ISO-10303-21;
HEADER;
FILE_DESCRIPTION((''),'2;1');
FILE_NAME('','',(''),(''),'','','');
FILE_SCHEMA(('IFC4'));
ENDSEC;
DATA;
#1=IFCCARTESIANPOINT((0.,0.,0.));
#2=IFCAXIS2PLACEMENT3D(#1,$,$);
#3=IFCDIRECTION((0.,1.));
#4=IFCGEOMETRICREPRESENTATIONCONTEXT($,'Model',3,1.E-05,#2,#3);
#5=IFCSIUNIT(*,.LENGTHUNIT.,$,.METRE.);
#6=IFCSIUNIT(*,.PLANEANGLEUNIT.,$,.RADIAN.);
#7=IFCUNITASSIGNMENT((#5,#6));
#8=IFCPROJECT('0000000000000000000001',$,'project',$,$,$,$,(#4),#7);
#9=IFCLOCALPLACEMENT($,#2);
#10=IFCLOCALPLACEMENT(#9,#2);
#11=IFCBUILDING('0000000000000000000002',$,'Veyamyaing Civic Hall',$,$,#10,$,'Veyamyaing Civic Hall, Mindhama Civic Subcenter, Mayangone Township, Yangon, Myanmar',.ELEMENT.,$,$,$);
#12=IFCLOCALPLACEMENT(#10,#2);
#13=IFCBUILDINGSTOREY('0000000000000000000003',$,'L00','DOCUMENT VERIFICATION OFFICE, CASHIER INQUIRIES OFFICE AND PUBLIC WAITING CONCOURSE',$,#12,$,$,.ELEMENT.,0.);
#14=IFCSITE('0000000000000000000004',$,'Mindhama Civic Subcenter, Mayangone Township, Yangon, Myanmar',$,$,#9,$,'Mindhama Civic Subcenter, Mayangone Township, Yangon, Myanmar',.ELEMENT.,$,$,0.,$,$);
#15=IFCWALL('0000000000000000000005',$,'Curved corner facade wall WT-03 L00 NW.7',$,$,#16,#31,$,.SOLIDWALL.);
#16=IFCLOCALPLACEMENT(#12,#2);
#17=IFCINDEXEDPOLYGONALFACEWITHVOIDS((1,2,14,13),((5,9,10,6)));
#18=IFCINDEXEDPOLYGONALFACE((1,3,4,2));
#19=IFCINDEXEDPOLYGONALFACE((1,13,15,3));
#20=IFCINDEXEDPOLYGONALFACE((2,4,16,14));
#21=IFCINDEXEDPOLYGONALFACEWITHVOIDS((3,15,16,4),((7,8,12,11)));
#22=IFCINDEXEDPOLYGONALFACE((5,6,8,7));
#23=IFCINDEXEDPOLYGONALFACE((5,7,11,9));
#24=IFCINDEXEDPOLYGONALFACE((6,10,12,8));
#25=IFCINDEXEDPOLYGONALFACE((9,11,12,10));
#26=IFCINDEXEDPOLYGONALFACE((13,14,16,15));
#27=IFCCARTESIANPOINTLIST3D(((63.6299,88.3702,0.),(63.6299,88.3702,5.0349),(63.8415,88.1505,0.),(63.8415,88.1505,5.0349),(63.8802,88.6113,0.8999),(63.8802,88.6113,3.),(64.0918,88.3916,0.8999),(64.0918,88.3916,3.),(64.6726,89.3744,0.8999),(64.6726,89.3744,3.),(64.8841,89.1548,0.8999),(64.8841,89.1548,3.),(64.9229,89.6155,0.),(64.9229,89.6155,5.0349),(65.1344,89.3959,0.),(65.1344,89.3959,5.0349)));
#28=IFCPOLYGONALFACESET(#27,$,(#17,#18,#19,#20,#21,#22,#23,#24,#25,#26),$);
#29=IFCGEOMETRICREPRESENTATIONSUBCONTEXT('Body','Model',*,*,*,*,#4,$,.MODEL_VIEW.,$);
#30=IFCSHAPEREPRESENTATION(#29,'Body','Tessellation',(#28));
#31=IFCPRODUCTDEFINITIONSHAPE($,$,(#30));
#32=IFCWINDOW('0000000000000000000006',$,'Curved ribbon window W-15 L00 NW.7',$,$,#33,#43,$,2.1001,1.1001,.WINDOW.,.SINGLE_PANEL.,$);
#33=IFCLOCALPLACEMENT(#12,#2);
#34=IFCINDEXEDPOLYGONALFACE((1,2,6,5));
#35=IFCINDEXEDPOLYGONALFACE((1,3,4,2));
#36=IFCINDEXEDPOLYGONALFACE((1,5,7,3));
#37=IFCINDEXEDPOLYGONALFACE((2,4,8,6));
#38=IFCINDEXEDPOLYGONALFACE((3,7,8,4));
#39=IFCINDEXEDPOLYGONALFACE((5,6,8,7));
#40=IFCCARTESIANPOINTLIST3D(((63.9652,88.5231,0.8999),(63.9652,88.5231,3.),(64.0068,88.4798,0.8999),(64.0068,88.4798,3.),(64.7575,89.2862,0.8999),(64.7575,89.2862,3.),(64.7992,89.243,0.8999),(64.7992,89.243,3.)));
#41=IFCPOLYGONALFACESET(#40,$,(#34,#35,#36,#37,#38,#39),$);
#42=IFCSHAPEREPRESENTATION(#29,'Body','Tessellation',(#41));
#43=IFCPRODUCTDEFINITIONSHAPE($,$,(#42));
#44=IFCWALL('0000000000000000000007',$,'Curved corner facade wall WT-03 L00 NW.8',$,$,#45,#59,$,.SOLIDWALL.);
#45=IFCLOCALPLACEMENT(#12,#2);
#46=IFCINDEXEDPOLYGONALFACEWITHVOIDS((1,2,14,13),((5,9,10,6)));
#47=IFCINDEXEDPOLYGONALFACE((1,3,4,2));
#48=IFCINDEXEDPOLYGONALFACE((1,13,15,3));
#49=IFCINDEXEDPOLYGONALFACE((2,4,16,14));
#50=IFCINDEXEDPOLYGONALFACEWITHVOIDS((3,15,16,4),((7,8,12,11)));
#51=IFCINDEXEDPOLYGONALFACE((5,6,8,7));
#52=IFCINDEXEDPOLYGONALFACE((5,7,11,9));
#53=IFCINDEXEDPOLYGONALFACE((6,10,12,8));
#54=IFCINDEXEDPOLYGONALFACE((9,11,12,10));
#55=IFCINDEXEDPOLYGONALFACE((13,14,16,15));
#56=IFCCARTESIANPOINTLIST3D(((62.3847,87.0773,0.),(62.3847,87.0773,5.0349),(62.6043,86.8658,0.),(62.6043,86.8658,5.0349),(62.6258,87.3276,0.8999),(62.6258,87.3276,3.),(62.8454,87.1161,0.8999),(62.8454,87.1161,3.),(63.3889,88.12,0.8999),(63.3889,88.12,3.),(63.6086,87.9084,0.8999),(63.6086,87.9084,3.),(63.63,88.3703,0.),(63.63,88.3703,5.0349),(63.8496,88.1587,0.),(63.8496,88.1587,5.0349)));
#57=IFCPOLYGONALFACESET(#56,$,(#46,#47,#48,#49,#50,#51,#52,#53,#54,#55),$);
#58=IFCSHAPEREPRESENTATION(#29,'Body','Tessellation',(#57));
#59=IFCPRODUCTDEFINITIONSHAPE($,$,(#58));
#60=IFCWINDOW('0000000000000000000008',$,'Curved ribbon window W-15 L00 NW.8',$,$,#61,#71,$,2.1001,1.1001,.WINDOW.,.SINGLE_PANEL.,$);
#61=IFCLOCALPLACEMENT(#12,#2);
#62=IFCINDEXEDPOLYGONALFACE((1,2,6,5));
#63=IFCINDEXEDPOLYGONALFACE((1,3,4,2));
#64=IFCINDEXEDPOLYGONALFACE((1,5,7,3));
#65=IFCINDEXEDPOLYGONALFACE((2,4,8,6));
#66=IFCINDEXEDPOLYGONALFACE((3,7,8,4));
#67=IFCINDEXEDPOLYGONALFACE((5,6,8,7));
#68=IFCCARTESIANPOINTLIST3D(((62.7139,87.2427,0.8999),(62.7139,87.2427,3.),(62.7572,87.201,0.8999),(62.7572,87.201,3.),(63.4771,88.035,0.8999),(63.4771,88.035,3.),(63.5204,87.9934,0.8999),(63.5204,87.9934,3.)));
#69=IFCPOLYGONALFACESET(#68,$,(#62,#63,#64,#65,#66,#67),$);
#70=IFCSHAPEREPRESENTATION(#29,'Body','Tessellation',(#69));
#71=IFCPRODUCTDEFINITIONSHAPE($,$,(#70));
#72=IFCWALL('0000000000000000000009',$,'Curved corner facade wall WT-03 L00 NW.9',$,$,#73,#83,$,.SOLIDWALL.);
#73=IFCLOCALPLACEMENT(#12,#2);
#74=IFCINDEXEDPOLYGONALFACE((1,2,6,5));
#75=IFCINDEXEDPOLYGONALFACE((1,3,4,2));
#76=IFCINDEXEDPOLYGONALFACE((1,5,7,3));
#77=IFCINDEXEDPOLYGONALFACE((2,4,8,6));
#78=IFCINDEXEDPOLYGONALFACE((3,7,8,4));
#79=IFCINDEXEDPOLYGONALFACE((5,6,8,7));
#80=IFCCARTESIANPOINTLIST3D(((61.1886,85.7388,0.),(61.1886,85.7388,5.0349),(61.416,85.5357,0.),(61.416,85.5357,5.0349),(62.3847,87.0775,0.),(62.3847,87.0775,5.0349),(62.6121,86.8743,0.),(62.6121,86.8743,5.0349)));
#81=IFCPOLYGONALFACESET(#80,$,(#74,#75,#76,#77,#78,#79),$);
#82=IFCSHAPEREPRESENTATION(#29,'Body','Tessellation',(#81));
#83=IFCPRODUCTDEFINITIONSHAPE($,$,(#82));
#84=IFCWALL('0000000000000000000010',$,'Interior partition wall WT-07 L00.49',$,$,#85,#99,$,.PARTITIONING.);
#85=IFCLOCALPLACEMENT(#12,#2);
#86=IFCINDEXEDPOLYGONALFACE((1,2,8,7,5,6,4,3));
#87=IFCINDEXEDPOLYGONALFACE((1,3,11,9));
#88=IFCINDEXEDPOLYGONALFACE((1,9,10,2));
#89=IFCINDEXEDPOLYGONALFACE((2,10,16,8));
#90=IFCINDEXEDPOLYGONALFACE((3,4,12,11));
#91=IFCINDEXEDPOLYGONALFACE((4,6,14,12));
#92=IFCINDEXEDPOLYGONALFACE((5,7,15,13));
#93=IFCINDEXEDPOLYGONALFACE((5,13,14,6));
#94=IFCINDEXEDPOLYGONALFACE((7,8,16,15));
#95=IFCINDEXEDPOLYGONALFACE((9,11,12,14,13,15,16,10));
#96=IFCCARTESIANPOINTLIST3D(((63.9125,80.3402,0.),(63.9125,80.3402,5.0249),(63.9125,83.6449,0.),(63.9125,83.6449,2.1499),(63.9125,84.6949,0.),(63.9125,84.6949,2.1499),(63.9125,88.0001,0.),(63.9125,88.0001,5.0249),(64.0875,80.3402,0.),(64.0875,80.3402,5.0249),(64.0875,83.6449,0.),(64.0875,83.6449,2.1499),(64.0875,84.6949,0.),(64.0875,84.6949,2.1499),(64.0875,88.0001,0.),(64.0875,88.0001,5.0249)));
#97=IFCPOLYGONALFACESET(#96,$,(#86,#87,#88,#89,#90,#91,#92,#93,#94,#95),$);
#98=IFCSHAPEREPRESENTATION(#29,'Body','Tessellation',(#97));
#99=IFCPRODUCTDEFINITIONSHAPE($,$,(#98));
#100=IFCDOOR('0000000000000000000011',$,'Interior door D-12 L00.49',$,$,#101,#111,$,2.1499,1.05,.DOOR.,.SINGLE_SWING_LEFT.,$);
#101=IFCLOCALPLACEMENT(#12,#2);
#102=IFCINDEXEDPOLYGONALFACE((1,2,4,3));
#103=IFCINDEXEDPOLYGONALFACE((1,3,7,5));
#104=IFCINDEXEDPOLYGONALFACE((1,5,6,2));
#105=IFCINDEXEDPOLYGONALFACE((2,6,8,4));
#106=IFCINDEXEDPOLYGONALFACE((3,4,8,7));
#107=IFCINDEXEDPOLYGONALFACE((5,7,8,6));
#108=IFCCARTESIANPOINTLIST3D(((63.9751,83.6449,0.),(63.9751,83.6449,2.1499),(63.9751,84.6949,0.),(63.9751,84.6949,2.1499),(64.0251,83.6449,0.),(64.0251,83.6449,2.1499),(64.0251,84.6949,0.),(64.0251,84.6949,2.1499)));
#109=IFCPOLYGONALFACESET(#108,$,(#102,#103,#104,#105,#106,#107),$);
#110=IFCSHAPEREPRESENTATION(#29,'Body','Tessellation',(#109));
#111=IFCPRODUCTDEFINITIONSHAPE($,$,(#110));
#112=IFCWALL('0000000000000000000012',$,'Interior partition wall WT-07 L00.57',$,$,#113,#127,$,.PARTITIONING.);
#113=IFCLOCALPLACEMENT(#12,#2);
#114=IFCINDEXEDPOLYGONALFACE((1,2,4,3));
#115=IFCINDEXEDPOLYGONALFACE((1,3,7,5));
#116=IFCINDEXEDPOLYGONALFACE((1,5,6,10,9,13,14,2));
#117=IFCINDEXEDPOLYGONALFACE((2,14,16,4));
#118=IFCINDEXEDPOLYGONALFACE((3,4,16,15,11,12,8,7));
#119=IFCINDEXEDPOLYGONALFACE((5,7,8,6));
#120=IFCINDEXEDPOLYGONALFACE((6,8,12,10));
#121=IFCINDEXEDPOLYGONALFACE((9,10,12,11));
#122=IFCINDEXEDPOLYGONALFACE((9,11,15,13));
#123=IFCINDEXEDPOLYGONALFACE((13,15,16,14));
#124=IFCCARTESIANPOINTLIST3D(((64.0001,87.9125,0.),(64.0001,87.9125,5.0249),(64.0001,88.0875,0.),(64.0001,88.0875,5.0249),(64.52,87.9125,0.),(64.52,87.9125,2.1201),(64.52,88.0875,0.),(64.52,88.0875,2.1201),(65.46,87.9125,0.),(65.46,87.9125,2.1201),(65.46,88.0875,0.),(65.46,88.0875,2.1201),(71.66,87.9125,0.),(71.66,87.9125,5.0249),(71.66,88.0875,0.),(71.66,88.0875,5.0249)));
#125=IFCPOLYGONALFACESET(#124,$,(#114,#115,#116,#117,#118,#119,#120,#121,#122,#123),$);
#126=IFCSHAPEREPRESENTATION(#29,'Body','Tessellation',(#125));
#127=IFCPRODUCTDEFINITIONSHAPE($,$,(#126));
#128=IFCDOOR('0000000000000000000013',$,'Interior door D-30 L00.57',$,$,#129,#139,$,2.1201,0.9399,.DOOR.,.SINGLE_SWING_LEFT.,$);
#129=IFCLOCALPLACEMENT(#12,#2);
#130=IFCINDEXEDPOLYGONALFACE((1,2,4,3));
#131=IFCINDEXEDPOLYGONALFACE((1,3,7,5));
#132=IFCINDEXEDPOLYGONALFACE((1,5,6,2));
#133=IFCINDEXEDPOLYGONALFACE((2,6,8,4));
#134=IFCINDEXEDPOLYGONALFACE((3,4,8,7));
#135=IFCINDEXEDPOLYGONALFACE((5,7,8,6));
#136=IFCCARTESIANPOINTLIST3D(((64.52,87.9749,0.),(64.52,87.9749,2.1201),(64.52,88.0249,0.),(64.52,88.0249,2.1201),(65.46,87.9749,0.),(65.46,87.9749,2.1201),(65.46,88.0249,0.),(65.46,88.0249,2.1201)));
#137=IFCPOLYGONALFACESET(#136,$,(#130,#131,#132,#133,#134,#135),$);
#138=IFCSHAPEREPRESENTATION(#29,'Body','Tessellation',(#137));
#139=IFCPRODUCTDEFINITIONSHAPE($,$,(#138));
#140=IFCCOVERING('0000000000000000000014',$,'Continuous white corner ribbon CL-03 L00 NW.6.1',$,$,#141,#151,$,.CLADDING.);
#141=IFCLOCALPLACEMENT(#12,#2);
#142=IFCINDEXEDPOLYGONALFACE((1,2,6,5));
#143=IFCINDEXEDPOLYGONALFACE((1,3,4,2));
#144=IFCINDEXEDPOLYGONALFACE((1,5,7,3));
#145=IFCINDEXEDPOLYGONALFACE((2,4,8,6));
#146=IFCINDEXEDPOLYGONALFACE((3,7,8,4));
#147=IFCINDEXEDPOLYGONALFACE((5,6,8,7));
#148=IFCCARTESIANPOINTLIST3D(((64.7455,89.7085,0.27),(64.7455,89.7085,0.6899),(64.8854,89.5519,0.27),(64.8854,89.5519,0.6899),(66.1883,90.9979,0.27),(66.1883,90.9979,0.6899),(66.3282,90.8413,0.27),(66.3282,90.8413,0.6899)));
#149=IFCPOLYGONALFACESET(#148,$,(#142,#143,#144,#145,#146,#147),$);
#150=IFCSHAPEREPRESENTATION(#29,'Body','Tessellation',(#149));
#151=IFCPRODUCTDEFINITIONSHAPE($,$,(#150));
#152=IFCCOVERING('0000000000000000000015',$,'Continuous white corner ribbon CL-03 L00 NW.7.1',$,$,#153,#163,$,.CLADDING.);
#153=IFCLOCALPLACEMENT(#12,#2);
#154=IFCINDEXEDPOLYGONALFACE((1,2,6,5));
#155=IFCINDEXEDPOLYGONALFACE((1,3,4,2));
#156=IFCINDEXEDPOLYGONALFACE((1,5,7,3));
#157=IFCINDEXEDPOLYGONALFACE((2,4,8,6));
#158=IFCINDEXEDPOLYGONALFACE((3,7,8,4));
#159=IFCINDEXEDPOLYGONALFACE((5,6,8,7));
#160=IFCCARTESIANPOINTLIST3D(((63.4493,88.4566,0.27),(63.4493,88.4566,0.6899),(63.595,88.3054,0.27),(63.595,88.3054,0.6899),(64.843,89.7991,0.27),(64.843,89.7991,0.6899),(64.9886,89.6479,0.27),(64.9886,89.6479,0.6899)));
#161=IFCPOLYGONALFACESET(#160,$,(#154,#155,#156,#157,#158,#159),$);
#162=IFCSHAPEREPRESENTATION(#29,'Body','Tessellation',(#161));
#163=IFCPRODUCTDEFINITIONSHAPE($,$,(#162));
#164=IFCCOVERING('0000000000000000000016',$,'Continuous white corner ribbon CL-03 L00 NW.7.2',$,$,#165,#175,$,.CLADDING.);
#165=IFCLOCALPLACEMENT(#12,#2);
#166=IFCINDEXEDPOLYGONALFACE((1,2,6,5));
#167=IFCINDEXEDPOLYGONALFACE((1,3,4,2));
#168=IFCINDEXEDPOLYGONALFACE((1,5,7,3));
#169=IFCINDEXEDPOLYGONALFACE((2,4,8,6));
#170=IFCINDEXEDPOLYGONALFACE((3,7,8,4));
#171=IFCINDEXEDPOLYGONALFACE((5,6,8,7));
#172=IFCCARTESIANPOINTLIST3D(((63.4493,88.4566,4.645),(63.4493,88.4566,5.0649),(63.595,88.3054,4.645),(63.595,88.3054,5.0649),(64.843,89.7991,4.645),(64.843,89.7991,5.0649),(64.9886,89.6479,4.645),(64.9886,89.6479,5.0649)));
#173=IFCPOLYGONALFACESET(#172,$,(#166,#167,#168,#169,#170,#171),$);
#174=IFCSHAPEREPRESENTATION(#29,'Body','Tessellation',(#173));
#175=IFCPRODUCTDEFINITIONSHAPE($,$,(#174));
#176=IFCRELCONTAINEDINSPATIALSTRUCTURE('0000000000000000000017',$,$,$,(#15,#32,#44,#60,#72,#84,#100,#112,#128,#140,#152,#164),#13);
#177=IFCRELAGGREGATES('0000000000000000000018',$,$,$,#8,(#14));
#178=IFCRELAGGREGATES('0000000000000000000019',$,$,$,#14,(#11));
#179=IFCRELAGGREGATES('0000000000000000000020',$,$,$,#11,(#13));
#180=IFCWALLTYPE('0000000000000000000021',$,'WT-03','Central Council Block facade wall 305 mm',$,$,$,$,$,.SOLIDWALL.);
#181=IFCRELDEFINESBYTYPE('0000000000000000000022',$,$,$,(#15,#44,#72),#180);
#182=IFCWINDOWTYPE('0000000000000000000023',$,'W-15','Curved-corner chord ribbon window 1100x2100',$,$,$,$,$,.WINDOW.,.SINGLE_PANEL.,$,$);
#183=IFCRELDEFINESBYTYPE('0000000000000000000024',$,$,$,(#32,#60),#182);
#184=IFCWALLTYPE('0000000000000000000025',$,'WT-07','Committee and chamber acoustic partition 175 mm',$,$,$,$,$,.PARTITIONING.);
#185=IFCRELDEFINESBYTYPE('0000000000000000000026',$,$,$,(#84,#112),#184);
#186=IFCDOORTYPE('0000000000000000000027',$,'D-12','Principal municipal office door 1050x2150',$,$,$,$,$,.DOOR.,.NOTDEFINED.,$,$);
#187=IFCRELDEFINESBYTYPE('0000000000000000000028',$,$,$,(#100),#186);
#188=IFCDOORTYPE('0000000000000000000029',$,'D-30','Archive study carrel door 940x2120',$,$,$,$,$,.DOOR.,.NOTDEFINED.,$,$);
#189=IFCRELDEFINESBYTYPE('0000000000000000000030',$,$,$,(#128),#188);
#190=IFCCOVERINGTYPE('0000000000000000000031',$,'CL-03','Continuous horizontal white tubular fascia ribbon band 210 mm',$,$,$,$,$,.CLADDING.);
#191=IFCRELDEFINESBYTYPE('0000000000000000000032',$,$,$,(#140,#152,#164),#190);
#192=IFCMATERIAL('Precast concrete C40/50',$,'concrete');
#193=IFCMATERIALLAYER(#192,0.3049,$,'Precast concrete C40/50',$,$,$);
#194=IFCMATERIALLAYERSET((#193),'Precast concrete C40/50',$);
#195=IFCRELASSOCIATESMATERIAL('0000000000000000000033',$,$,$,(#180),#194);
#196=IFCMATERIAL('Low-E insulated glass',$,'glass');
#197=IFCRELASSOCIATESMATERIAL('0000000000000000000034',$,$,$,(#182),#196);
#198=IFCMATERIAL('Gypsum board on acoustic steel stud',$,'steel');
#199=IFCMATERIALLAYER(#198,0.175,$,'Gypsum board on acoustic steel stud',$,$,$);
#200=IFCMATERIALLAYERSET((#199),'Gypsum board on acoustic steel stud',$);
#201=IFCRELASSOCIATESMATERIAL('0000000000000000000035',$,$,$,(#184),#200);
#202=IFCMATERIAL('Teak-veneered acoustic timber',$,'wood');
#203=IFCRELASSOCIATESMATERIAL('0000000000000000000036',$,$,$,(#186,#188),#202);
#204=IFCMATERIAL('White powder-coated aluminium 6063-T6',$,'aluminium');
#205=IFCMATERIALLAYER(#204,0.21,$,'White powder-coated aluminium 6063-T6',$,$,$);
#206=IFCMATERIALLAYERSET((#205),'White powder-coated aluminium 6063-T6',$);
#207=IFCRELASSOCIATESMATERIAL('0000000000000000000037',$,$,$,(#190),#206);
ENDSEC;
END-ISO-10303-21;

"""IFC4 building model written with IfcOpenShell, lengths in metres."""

from ifc_helpers import new_model, si_unit, direction, frame, frame_2d, origin, origin_2d, place, context, subcontext, project, spatial, rectangle, extrude, material, layer, layer_set, type_object, element, fill, save


model = new_model("IFC4")

# Units and contexts
model_context = context("Model", 3, precision=1e-05, world=origin(), true_north=direction((0.0, 1.0)))
body_context = subcontext(model_context, "Body", "Model", "MODEL_VIEW")
ifc_project = project(units=[si_unit("LENGTHUNIT", "METRE"), si_unit("PLANEANGLEUNIT", "RADIAN")], contexts=[model_context])

# Site, building, storey
site_placement = place(None, origin())
site = spatial("IfcSite", under=ifc_project, at=site_placement, Name="Mindhama Civic Subcenter, Mayangone Township, Yangon, Myanmar", LongName="Mindhama Civic Subcenter, Mayangone Township, Yangon, Myanmar", CompositionType="ELEMENT", RefElevation=0.0)
building_placement = place(site_placement, origin())
building = spatial("IfcBuilding", under=site, at=building_placement, Name="Veyamyaing Civic Hall", LongName="Veyamyaing Civic Hall, Mindhama Civic Subcenter, Mayangone Township, Yangon, Myanmar", CompositionType="ELEMENT")
storey_placement = place(building_placement, origin())
storey = spatial("IfcBuildingStorey", under=building, at=storey_placement, Name="L00", Description="DOCUMENT VERIFICATION OFFICE, CASHIER INQUIRIES OFFICE AND PUBLIC WAITING CONCOURSE", CompositionType="ELEMENT", Elevation=0.0)

# Walls, openings, windows
ifc_material_1 = material(Name="Precast concrete C40/50", Category="concrete")
ifc_layer_1 = layer(ifc_material_1, 0.3049, Name="Precast concrete C40/50")
ifc_layer_set_1 = layer_set([ifc_layer_1], Name="Precast concrete C40/50")
wall_type_1 = type_object("IfcWallType", Name="WT-03", Description="Central Council Block facade wall 305 mm", PredefinedType="SOLIDWALL", material=ifc_layer_set_1)
wall_1_placement = place(storey_placement, frame((65.0286, 89.5056, 0.0), z_axis=(0.0, 0.0, 1.0), x_axis=(-0.720242, -0.693723, 0.0)))
wall_1 = element("IfcWall", 1, at=wall_1_placement, inside=storey, type_object=wall_type_1, Name="Curved corner facade wall WT-03 L00 NW.7", PredefinedType="SOLIDWALL", context=body_context, shape_type="SweptSolid", body=[
    extrude(rectangle(XDim=1.7952, YDim=0.3049, at=frame_2d((0.8975, 0.0))), origin(), (0.0, 0.0, 1.0), 5.0349),
])
opening_1_placement = place(wall_1_placement, frame((0.3474, 0.0, 0.8999)))
opening_1 = element("IfcOpeningElement", 2, at=opening_1_placement, cuts=wall_1, PredefinedType="OPENING", context=body_context, shape_type="SweptSolid", body=[
    extrude(rectangle(XDim=1.1001, YDim=2.1001, at=frame_2d((0.55, 1.05))), frame((0.0, 0.1624, 0.0), z_axis=(0.0, -1.0, 0.0), x_axis=(1.0, 0.0, 0.0)), (0.0, 0.0, 1.0), 0.325),
])
ifc_material_2 = material(Name="Low-E insulated glass", Category="glass")
window_type = type_object("IfcWindowType", Name="W-15", Description="Curved-corner chord ribbon window 1100x2100", PartitioningType="SINGLE_PANEL", PredefinedType="WINDOW", material=ifc_material_2)
window_1_placement = place(opening_1_placement, origin())
window_1 = element("IfcWindow", 3, at=window_1_placement, inside=storey, type_object=window_type, Name="Curved ribbon window W-15 L00 NW.7", OverallHeight=2.1001, OverallWidth=1.1001, PartitioningType="SINGLE_PANEL", PredefinedType="WINDOW", context=body_context, shape_type="SweptSolid", body=[
    extrude(rectangle(XDim=1.1001, YDim=2.1001, at=frame_2d((0.55, 1.05))), frame((0.0, 0.03, 0.0), z_axis=(0.0, -1.0, 0.0), x_axis=(1.0, 0.0, 0.0)), (0.0, 0.0, 1.0), 0.0601),
])
fill(opening_1, window_1)
wall_2_placement = place(storey_placement, frame((63.7397, 88.2644, 0.0), z_axis=(0.0, 0.0, 1.0), x_axis=(-0.693723, -0.720242, 0.0)))
wall_2 = element("IfcWall", 4, at=wall_2_placement, inside=storey, type_object=wall_type_1, Name="Curved corner facade wall WT-03 L00 NW.8", PredefinedType="SOLIDWALL", context=body_context, shape_type="SweptSolid", body=[
    extrude(rectangle(XDim=1.7952, YDim=0.3049, at=frame_2d((0.8975, 0.0))), origin(), (0.0, 0.0, 1.0), 5.0349),
])
opening_2_placement = place(wall_2_placement, frame((0.3474, 0.0, 0.8999)))
opening_2 = element("IfcOpeningElement", 5, at=opening_2_placement, cuts=wall_2, PredefinedType="OPENING", context=body_context, shape_type="SweptSolid", body=[
    extrude(rectangle(XDim=1.1001, YDim=2.1001, at=frame_2d((0.55, 1.05))), frame((0.0, 0.1624, 0.0), z_axis=(0.0, -1.0, 0.0), x_axis=(1.0, 0.0, 0.0)), (0.0, 0.0, 1.0), 0.325),
])
window_2_placement = place(opening_2_placement, origin())
window_2 = element("IfcWindow", 6, at=window_2_placement, inside=storey, type_object=window_type, Name="Curved ribbon window W-15 L00 NW.8", OverallHeight=2.1001, OverallWidth=1.1001, PartitioningType="SINGLE_PANEL", PredefinedType="WINDOW", context=body_context, shape_type="SweptSolid", body=[
    extrude(rectangle(XDim=1.1001, YDim=2.1001, at=frame_2d((0.55, 1.05))), frame((0.0, 0.03, 0.0), z_axis=(0.0, -1.0, 0.0), x_axis=(1.0, 0.0, 0.0)), (0.0, 0.0, 1.0), 0.0601),
])
fill(opening_2, window_2)

# Wall
wall_3_placement = place(storey_placement, frame((62.4983, 86.9758, 0.0), z_axis=(0.0, 0.0, 1.0), x_axis=(-0.666278, -0.745704, 0.0)))
element("IfcWall", 7, at=wall_3_placement, inside=storey, type_object=wall_type_1, Name="Curved corner facade wall WT-03 L00 NW.9", PredefinedType="SOLIDWALL", context=body_context, shape_type="SweptSolid", body=[
    extrude(rectangle(XDim=1.7952, YDim=0.3049, at=frame_2d((0.8975, 0.0))), origin(), (0.0, 0.0, 1.0), 5.0349),
])

# Walls, openings, doors
ifc_material_3 = material(Name="Gypsum board on acoustic steel stud", Category="steel")
ifc_layer_2 = layer(ifc_material_3, 0.175, Name="Gypsum board on acoustic steel stud")
ifc_layer_set_2 = layer_set([ifc_layer_2], Name="Gypsum board on acoustic steel stud")
wall_type_2 = type_object("IfcWallType", Name="WT-07", Description="Committee and chamber acoustic partition 175 mm", PredefinedType="PARTITIONING", material=ifc_layer_set_2)
wall_4_placement = place(storey_placement, frame((64.0, 80.3401, 0.0), z_axis=(0.0, 0.0, 1.0), x_axis=(0.0, 1.0, 0.0)))
wall_4 = element("IfcWall", 8, at=wall_4_placement, inside=storey, type_object=wall_type_2, Name="Interior partition wall WT-07 L00.49", PredefinedType="PARTITIONING", context=body_context, shape_type="SweptSolid", body=[
    extrude(rectangle(XDim=7.6599, YDim=0.175, at=frame_2d((3.8301, 0.0))), origin(), (0.0, 0.0, 1.0), 5.0249),
])
opening_3_placement = place(wall_4_placement, frame((3.3049, 0.0, 0.0)))
opening_3 = element("IfcOpeningElement", 9, at=opening_3_placement, cuts=wall_4, PredefinedType="OPENING", context=body_context, shape_type="SweptSolid", body=[
    extrude(rectangle(XDim=1.05, YDim=2.1499, at=frame_2d((0.5249, 1.075))), frame((0.0, 0.0974, 0.0), z_axis=(0.0, -1.0, 0.0), x_axis=(1.0, 0.0, 0.0)), (0.0, 0.0, 1.0), 0.1951),
])
ifc_material_4 = material(Name="Teak-veneered acoustic timber", Category="wood")
door_type_1 = type_object("IfcDoorType", Name="D-12", Description="Principal municipal office door 1050x2150", OperationType="NOTDEFINED", PredefinedType="DOOR", material=ifc_material_4)
door_1_placement = place(opening_3_placement, origin())
door_1 = element("IfcDoor", 10, at=door_1_placement, inside=storey, type_object=door_type_1, Name="Interior door D-12 L00.49", OperationType="SINGLE_SWING_LEFT", OverallHeight=2.1499, OverallWidth=1.05, PredefinedType="DOOR", context=body_context, shape_type="SweptSolid", body=[
    extrude(rectangle(XDim=1.05, YDim=2.1499, at=frame_2d((0.5249, 1.075))), frame((0.0, 0.0249, 0.0), z_axis=(0.0, -1.0, 0.0), x_axis=(1.0, 0.0, 0.0)), (0.0, 0.0, 1.0), 0.05),
])
fill(opening_3, door_1)
wall_5_placement = place(storey_placement, frame((64.0, 88.0, 0.0), z_axis=(0.0, 0.0, 1.0), x_axis=(1.0, 0.0, 0.0)))
wall_5 = element("IfcWall", 11, at=wall_5_placement, inside=storey, type_object=wall_type_2, Name="Interior partition wall WT-07 L00.57", PredefinedType="PARTITIONING", context=body_context, shape_type="SweptSolid", body=[
    extrude(rectangle(XDim=7.6599, YDim=0.175, at=frame_2d((3.8301, 0.0))), origin(), (0.0, 0.0, 1.0), 5.0249),
])
opening_4_placement = place(wall_5_placement, frame((0.52, 0.0, 0.0)))
opening_4 = element("IfcOpeningElement", 12, at=opening_4_placement, cuts=wall_5, PredefinedType="OPENING", context=body_context, shape_type="SweptSolid", body=[
    extrude(rectangle(XDim=0.9399, YDim=2.1201, at=frame_2d((0.47, 1.0601))), frame((0.0, 0.0974, 0.0), z_axis=(0.0, -1.0, 0.0), x_axis=(1.0, 0.0, 0.0)), (0.0, 0.0, 1.0), 0.1951),
])
door_type_2 = type_object("IfcDoorType", Name="D-30", Description="Archive study carrel door 940x2120", OperationType="NOTDEFINED", PredefinedType="DOOR", material=ifc_material_4)
door_2_placement = place(opening_4_placement, origin())
door_2 = element("IfcDoor", 13, at=door_2_placement, inside=storey, type_object=door_type_2, Name="Interior door D-30 L00.57", OperationType="SINGLE_SWING_LEFT", OverallHeight=2.1201, OverallWidth=0.9399, PredefinedType="DOOR", context=body_context, shape_type="SweptSolid", body=[
    extrude(rectangle(XDim=0.9399, YDim=2.1201, at=frame_2d((0.47, 1.0601))), frame((0.0, 0.0249, 0.0), z_axis=(0.0, -1.0, 0.0), x_axis=(1.0, 0.0, 0.0)), (0.0, 0.0, 1.0), 0.05),
])
fill(opening_4, door_2)

# Coverings
ifc_material_5 = material(Name="White powder-coated aluminium 6063-T6", Category="aluminium")
ifc_layer_3 = layer(ifc_material_5, 0.21, Name="White powder-coated aluminium 6063-T6")
ifc_layer_set_3 = layer_set([ifc_layer_3], Name="White powder-coated aluminium 6063-T6")
covering_type = type_object("IfcCoveringType", Name="CL-03", Description="Continuous horizontal white tubular fascia ribbon band 210 mm", PredefinedType="CLADDING", material=ifc_layer_set_3)
for number, where, z_axis, x_axis, name in (
    (14, (65.5369, 90.2749, 0.27), (0.0, 0.0, 1.0), (-0.745642, -0.666347, 0.0), "Continuous white corner ribbon CL-03 L00 NW.6.1"),
    (15, (64.219, 89.0522, 0.27), (0.0, 0.0, 1.0), (-0.720205, -0.693761, 0.0), "Continuous white corner ribbon CL-03 L00 NW.7.1"),
    (16, (64.219, 89.0522, 4.645), (0.0, 0.0, 1.0), (-0.720205, -0.693761, 0.0), "Continuous white corner ribbon CL-03 L00 NW.7.2"),
):
    element("IfcCovering", number, at=place(storey_placement, frame(where, z_axis=z_axis, x_axis=x_axis)), inside=storey, type_object=covering_type, Name=name, PredefinedType="CLADDING", context=body_context, shape_type="SweptSolid", body=[
        extrude(rectangle(XDim=1.9351, YDim=0.21, at=origin_2d()), origin(), (0.0, 0.0, 1.0), 0.4199),
    ])

save(model, "model.ifc")
